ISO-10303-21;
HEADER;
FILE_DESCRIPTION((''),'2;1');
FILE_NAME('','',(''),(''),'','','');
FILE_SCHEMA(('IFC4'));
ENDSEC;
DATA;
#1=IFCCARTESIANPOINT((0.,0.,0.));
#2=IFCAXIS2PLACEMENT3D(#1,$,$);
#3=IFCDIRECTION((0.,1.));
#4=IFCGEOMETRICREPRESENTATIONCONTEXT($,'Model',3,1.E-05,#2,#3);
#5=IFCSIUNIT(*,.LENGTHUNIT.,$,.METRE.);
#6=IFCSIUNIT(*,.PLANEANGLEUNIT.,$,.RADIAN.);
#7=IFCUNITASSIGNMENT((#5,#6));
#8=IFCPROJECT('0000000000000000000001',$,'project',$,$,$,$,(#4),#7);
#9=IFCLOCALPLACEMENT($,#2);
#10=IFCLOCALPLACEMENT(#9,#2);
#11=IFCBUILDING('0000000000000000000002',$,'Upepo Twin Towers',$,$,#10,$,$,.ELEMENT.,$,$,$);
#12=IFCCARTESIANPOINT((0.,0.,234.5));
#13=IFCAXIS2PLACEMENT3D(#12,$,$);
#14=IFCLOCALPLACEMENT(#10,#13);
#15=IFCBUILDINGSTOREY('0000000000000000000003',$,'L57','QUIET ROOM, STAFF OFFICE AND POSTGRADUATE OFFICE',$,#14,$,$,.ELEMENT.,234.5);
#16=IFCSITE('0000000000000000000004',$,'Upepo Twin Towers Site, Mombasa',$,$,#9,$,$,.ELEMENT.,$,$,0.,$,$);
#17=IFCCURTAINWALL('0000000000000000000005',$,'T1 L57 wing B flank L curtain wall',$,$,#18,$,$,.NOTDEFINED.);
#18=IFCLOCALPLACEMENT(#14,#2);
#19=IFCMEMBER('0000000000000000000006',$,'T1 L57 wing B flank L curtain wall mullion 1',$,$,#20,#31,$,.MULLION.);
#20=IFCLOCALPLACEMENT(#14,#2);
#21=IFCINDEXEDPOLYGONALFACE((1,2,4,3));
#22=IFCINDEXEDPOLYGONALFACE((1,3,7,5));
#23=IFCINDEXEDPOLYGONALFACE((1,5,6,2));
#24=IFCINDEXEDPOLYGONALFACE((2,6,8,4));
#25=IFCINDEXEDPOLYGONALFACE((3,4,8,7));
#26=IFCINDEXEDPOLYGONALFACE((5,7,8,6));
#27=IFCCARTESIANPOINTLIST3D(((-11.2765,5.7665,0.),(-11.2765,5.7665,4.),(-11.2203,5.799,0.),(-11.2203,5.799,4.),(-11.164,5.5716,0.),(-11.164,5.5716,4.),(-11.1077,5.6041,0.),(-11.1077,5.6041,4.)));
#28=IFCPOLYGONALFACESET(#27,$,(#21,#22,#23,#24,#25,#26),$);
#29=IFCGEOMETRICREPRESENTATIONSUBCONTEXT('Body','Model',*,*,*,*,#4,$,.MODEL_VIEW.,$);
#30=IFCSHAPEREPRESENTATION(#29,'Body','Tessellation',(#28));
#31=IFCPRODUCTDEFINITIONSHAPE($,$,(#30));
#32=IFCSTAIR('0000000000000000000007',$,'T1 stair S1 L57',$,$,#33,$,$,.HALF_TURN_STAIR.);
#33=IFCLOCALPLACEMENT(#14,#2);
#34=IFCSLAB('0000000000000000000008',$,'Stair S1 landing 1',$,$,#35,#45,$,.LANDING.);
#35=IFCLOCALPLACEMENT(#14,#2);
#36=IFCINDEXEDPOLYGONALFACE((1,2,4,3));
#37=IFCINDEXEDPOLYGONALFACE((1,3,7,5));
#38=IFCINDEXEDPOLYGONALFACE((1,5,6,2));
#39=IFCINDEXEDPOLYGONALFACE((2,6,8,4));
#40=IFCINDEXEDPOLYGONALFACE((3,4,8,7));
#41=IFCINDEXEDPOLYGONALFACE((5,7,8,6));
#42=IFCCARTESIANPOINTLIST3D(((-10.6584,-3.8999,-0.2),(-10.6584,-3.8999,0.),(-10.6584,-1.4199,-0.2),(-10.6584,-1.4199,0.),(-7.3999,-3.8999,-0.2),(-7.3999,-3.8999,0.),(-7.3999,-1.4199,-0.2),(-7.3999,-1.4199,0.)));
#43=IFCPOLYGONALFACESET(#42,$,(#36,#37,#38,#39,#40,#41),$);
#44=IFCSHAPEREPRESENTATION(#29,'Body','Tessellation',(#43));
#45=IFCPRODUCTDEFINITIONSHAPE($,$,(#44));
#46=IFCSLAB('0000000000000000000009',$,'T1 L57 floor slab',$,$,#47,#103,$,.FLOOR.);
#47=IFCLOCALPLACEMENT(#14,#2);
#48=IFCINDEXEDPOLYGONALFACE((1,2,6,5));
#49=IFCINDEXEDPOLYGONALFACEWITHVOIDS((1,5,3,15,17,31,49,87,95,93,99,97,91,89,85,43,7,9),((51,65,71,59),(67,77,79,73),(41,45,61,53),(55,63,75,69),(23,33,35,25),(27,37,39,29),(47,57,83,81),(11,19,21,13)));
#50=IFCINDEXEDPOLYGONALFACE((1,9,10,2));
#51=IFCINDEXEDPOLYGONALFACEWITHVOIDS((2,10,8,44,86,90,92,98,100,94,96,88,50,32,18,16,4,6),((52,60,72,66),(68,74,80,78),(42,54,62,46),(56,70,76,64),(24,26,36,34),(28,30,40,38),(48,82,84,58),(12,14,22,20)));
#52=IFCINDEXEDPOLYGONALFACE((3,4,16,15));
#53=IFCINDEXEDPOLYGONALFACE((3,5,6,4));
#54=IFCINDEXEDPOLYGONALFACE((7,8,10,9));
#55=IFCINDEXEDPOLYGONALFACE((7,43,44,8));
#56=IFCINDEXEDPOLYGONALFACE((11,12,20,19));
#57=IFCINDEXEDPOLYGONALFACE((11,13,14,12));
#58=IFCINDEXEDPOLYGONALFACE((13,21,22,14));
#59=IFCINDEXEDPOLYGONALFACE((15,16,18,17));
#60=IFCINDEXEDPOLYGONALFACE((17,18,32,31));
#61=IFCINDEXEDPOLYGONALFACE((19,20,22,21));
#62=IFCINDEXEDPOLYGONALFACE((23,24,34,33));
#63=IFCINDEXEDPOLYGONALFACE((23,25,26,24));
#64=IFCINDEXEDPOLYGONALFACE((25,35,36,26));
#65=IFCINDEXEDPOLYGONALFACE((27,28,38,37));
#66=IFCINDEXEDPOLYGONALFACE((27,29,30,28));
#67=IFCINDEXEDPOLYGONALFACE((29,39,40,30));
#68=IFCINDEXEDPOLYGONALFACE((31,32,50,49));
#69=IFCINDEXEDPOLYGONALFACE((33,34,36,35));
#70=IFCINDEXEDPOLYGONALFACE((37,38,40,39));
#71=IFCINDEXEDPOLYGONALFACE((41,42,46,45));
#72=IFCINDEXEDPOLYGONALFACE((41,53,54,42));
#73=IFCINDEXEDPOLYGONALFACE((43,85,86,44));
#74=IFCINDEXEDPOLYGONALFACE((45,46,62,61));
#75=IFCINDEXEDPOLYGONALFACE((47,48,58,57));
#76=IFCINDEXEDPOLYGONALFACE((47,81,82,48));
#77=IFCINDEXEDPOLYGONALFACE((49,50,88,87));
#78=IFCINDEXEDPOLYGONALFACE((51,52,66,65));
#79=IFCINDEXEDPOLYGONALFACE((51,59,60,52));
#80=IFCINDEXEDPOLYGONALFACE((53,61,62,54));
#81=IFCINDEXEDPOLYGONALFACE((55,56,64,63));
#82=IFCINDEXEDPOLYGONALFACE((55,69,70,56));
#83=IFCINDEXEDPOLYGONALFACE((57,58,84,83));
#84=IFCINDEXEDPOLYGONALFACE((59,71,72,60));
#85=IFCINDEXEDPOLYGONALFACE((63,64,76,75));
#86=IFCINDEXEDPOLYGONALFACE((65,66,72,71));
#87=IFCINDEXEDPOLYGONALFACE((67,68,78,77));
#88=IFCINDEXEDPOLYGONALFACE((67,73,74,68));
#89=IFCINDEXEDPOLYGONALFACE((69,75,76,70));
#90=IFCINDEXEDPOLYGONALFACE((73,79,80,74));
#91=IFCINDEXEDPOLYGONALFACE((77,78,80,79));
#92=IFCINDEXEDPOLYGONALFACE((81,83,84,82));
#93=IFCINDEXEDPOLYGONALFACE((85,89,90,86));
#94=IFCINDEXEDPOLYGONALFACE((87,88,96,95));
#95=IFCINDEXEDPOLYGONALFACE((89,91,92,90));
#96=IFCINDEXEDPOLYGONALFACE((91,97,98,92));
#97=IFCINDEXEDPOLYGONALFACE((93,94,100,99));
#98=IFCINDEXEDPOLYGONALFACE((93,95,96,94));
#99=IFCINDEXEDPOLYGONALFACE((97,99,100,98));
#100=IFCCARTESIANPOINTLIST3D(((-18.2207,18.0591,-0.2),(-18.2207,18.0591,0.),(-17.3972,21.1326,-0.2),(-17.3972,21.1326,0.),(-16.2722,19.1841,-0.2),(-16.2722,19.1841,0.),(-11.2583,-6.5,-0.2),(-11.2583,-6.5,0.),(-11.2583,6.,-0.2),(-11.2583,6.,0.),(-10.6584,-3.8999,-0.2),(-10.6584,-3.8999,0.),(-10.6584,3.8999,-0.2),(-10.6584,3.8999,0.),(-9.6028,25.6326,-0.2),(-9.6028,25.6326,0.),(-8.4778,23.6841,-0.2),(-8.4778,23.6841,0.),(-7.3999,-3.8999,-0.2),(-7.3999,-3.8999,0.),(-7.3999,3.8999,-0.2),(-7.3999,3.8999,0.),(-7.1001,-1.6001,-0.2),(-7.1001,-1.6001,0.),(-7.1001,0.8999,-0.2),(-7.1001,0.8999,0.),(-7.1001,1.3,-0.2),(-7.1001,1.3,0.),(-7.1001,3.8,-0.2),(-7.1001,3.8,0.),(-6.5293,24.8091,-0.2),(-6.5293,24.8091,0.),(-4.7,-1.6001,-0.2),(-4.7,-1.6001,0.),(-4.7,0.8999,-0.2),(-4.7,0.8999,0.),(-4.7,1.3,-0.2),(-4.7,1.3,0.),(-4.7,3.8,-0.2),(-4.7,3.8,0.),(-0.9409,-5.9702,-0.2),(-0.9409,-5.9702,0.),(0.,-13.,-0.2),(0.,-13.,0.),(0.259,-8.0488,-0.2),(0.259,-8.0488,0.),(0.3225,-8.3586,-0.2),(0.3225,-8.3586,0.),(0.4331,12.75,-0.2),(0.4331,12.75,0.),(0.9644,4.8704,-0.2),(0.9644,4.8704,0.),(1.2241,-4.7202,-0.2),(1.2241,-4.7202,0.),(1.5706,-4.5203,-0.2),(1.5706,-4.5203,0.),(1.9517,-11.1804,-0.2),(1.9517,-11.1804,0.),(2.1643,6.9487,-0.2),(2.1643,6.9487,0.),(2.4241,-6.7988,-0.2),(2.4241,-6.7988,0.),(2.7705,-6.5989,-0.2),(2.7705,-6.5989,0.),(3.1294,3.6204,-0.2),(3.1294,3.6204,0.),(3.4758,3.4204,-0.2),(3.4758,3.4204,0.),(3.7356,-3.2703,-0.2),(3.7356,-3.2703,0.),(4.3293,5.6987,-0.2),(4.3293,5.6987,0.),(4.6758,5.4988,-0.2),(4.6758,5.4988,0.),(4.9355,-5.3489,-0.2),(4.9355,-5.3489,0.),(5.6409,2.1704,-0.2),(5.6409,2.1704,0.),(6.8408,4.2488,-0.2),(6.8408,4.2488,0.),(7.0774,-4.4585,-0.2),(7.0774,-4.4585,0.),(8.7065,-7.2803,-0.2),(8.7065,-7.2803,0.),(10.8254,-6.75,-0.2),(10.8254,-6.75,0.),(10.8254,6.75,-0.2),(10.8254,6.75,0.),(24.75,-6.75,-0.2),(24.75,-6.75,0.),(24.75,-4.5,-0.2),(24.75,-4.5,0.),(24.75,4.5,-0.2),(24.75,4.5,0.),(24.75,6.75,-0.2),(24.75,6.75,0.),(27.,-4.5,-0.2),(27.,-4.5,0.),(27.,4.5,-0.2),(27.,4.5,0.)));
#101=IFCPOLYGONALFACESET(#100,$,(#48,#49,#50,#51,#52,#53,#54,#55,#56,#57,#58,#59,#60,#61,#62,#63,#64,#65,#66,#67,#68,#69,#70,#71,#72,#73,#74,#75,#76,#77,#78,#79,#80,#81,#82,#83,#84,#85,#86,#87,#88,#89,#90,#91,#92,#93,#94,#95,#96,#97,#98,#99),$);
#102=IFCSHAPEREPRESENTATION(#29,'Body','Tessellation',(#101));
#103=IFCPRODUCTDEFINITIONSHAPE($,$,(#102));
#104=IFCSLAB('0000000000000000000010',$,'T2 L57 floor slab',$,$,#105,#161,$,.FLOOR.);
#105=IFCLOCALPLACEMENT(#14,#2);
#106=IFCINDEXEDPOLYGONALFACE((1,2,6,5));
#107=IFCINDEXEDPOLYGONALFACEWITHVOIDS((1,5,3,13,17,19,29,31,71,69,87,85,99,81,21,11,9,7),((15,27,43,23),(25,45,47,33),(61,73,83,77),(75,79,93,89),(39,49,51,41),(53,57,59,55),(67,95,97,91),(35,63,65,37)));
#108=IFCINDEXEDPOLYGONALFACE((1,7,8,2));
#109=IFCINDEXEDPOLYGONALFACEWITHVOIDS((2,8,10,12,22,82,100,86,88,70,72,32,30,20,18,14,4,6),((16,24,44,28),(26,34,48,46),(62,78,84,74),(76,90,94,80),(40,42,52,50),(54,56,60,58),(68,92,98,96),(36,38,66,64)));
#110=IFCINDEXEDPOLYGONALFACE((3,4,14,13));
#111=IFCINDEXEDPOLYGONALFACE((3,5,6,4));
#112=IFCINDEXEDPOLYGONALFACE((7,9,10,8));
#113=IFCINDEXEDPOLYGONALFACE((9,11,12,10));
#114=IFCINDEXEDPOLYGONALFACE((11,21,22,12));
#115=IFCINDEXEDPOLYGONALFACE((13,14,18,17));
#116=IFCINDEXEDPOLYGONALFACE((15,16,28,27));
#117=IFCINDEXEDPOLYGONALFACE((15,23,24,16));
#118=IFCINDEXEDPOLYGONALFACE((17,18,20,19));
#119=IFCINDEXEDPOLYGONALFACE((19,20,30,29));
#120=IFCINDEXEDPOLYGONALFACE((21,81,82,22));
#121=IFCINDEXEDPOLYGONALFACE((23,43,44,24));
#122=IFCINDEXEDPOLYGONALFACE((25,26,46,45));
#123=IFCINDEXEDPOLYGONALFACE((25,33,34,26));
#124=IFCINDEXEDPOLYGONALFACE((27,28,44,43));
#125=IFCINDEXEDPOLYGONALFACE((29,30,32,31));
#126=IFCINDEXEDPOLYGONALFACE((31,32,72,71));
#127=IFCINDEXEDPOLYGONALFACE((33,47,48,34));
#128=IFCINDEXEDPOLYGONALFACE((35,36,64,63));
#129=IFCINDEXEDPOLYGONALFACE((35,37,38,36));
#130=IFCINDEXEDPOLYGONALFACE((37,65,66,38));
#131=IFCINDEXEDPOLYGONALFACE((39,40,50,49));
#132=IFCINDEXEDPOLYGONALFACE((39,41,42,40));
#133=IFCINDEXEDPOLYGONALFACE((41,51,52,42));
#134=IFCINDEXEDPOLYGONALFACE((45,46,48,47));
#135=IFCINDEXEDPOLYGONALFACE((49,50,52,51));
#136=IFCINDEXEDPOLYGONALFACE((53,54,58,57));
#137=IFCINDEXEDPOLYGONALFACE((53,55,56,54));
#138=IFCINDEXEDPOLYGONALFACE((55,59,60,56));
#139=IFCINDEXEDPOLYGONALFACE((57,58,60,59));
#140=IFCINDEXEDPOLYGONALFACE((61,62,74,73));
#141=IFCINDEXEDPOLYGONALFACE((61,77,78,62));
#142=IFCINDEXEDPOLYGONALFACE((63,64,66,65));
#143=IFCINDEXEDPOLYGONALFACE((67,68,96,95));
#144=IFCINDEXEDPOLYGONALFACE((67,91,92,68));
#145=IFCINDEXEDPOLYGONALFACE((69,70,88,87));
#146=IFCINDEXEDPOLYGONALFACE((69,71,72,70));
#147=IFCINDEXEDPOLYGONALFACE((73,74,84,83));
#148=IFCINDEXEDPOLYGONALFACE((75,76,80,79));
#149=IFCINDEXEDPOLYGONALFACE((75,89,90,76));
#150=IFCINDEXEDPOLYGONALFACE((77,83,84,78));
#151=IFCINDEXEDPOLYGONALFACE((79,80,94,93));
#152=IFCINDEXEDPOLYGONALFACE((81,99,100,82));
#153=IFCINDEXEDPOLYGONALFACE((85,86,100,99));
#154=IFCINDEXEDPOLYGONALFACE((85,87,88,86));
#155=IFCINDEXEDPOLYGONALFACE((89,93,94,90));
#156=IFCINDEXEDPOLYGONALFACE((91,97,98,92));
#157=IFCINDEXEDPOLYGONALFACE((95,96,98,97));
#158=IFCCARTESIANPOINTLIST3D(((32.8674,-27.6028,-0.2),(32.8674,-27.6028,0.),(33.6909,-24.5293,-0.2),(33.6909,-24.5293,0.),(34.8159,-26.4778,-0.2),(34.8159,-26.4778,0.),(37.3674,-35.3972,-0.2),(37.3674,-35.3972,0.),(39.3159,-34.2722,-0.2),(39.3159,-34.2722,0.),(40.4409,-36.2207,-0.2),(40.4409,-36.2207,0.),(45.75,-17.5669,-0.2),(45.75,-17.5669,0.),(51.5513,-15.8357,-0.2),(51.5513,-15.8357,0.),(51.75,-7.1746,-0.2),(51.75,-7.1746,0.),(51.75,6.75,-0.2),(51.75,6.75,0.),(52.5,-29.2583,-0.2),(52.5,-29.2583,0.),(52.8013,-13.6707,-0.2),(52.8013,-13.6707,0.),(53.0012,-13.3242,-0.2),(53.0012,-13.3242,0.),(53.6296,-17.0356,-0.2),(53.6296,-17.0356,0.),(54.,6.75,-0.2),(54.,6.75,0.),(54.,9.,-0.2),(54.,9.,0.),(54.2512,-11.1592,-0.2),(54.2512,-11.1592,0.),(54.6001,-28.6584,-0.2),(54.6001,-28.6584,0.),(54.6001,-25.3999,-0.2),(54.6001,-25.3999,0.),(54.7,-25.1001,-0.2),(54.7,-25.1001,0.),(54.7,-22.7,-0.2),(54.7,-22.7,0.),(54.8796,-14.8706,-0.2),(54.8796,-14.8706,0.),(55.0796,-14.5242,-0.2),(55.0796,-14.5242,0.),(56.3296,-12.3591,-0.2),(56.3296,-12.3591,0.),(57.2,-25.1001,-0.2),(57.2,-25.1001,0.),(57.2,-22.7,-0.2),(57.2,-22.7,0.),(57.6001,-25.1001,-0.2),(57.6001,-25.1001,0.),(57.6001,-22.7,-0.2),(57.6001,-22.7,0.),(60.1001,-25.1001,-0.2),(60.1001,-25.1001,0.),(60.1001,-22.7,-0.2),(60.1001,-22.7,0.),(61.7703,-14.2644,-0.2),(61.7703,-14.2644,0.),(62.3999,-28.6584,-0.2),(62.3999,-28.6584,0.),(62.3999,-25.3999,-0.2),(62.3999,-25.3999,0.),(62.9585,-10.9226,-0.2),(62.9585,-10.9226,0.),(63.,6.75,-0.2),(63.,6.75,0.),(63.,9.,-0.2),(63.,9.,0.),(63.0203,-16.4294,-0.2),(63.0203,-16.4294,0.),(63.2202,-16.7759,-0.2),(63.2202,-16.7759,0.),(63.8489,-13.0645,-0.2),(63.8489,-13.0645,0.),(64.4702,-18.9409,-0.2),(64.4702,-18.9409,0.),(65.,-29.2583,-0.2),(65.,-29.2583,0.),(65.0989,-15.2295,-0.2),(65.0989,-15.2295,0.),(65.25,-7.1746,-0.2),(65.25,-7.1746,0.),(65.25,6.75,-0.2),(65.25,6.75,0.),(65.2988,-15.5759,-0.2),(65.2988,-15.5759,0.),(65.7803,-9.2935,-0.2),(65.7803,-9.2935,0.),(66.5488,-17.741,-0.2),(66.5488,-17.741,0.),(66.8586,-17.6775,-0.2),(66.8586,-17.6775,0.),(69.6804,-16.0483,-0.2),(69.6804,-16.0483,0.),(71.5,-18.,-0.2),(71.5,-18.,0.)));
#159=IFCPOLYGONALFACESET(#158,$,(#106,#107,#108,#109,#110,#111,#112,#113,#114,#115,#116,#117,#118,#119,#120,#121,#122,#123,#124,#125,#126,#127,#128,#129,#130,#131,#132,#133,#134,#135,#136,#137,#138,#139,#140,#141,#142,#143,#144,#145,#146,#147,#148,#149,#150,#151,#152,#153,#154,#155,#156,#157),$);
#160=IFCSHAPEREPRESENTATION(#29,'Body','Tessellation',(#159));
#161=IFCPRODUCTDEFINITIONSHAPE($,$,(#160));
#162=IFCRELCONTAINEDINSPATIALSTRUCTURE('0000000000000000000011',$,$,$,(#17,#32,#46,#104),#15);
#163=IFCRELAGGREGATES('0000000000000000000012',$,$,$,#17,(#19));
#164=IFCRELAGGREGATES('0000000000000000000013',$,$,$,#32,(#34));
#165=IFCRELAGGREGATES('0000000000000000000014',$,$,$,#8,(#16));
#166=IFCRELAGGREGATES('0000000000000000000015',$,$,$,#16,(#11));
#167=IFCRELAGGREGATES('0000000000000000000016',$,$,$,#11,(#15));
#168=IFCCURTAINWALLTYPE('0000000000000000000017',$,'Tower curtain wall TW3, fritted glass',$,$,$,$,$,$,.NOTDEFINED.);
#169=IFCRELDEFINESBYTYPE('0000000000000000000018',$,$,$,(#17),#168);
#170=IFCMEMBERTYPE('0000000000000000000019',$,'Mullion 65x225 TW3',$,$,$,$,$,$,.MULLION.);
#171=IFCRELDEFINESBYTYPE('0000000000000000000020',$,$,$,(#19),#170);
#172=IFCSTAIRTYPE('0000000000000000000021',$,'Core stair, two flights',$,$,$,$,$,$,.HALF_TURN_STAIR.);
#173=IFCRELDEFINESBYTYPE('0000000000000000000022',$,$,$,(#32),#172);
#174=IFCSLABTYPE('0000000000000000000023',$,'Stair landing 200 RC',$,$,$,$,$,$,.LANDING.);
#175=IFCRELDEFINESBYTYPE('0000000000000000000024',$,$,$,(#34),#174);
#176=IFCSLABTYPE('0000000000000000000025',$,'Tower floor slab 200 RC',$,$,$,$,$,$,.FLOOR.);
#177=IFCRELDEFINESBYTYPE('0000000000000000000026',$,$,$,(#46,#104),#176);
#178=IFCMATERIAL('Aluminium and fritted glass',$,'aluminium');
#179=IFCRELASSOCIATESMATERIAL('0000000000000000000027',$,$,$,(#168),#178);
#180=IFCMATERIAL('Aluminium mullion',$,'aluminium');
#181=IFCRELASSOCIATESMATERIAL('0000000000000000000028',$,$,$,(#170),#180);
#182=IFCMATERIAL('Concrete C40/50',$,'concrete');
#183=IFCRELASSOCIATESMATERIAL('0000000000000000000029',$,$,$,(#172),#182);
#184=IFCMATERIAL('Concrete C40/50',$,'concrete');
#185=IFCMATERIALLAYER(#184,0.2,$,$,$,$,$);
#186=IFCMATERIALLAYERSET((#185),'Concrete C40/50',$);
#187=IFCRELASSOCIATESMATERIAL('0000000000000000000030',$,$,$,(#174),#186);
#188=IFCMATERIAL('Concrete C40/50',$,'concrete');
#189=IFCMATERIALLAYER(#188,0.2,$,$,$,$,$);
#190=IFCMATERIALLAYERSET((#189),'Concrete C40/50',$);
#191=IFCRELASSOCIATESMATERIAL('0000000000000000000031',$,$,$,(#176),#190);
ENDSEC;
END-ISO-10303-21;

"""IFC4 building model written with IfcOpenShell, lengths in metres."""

from ifc_helpers import new_model, si_unit, direction, frame, origin, origin_2d, place, context, subcontext, project, spatial, polyline, rectangle, outline, extrude, material, layer, layer_set, material_profile, profile_set, type_object, element, aggregate, save


model = new_model("IFC4")

# Units and contexts
model_context = context("Model", 3, precision=1e-05, world=origin(), true_north=direction((0.0, 1.0)))
body_context = subcontext(model_context, "Body", "Model", "MODEL_VIEW")
ifc_project = project(units=[si_unit("LENGTHUNIT", "METRE"), si_unit("PLANEANGLEUNIT", "RADIAN")], contexts=[model_context])

# Site, building, storey
site_placement = place(None, origin())
site = spatial("IfcSite", under=ifc_project, at=site_placement, Name="Upepo Twin Towers Site, Mombasa", CompositionType="ELEMENT", RefElevation=0.0)
building_placement = place(site_placement, origin())
building = spatial("IfcBuilding", under=site, at=building_placement, Name="Upepo Twin Towers", CompositionType="ELEMENT")
storey_placement = place(building_placement, frame((0.0, 0.0, 234.5)))
storey = spatial("IfcBuildingStorey", under=building, at=storey_placement, Name="L57", Description="QUIET ROOM, STAFF OFFICE AND POSTGRADUATE OFFICE", CompositionType="ELEMENT", Elevation=234.5)

# Curtain wall, member
ifc_material_1 = material(Name="Aluminium and fritted glass", Category="aluminium")
curtain_wall_type = type_object("IfcCurtainWallType", Name="Tower curtain wall TW3, fritted glass", PredefinedType="NOTDEFINED", material=ifc_material_1)
curtain_wall_placement = place(storey_placement, origin())
curtain_wall = element("IfcCurtainWall", 1, at=curtain_wall_placement, inside=storey, type_object=curtain_wall_type, Name="T1 L57 wing B flank L curtain wall", PredefinedType="NOTDEFINED")
ifc_material_2 = material(Name="Aluminium mullion", Category="aluminium")
ifc_material_profile = material_profile(ifc_material_2, rectangle(XDim=0.0649, YDim=0.2251, at=origin_2d()), Name="MULLION 65x225")
ifc_profile_set = profile_set([ifc_material_profile], Name="Aluminium mullion")
member_type = type_object("IfcMemberType", Name="Mullion 65x225 TW3", PredefinedType="MULLION", material=ifc_profile_set)
member_placement = place(storey_placement, frame((-11.1921, 5.6853, 0.0), z_axis=(0.0, 0.0, 1.0), x_axis=(-0.866025, -0.5, 0.0)))
member = element("IfcMember", 2, at=member_placement, type_object=member_type, Name="T1 L57 wing B flank L curtain wall mullion 1", PredefinedType="MULLION", context=body_context, shape_type="SweptSolid", body=[
    extrude(rectangle(XDim=0.0649, YDim=0.2251, at=origin_2d()), origin(), (0.0, 0.0, 1.0), 4.0),
])
aggregate(curtain_wall, [member])

# Stair, slab
ifc_material_3 = material(Name="Concrete C40/50", Category="concrete")
stair_type = type_object("IfcStairType", Name="Core stair, two flights", PredefinedType="HALF_TURN_STAIR", material=ifc_material_3)
stair_placement = place(storey_placement, origin())
stair = element("IfcStair", 3, at=stair_placement, inside=storey, type_object=stair_type, Name="T1 stair S1 L57", PredefinedType="HALF_TURN_STAIR")
ifc_material_4 = material(Name="Concrete C40/50", Category="concrete")
ifc_layer_1 = layer(ifc_material_4, 0.2)
ifc_layer_set_1 = layer_set([ifc_layer_1], Name="Concrete C40/50")
slab_type_1 = type_object("IfcSlabType", Name="Stair landing 200 RC", PredefinedType="LANDING", material=ifc_layer_set_1)
slab_1_placement = place(storey_placement, frame((0.0, 0.0, -0.2)))
slab_1 = element("IfcSlab", 4, at=slab_1_placement, type_object=slab_type_1, Name="Stair S1 landing 1", PredefinedType="LANDING", context=body_context, shape_type="SweptSolid", body=[
    extrude(outline(polyline([(-7.3999, -1.4199), (-10.6584, -1.4199), (-10.6584, -3.8999), (-7.3999, -3.8999), (-7.3999, -1.4199)])), origin(), (0.0, 0.0, 1.0), 0.2),
])

# Slabs
ifc_material_5 = material(Name="Concrete C40/50", Category="concrete")
ifc_layer_2 = layer(ifc_material_5, 0.2)
ifc_layer_set_2 = layer_set([ifc_layer_2], Name="Concrete C40/50")
slab_type_2 = type_object("IfcSlabType", Name="Tower floor slab 200 RC", PredefinedType="FLOOR", material=ifc_layer_set_2)
slab_2_placement = place(storey_placement, frame((0.0, 0.0, -0.2)))
element("IfcSlab", 5, at=slab_2_placement, inside=storey, type_object=slab_type_2, Name="T1 L57 floor slab", PredefinedType="FLOOR", context=body_context, shape_type="SweptSolid", body=[
    extrude(outline(polyline([(10.8254, 6.75), (24.75, 6.75), (24.75, 4.5), (27.0, 4.5), (27.0, -4.5), (24.75, -4.5), (24.75, -6.75), (10.8254, -6.75), (0.0, -13.0), (-11.2583, -6.5), (-11.2583, 6.0), (-18.2207, 18.0591), (-16.2722, 19.1841), (-17.3972, 21.1326), (-9.6028, 25.6326), (-8.4778, 23.6841), (-6.5293, 24.8091), (0.4331, 12.75), (10.8254, 6.75)]), holes=[polyline([(5.6409, 2.1704), (6.8408, 4.2488), (4.6758, 5.4988), (3.4758, 3.4204), (5.6409, 2.1704)]), polyline([(3.1294, 3.6204), (4.3293, 5.6987), (2.1643, 6.9487), (0.9644, 4.8704), (3.1294, 3.6204)]), polyline([(-4.7, 3.8), (-7.1001, 3.8), (-7.1001, 1.3), (-4.7, 1.3), (-4.7, 3.8)]), polyline([(-4.7, 0.8999), (-7.1001, 0.8999), (-7.1001, -1.6001), (-4.7, -1.6001), (-4.7, 0.8999)]), polyline([(-7.3999, 3.8999), (-10.6584, 3.8999), (-10.6584, -3.8999), (-7.3999, -3.8999), (-7.3999, 3.8999)]), polyline([(-0.9409, -5.9702), (0.259, -8.0488), (2.4241, -6.7988), (1.2241, -4.7202), (-0.9409, -5.9702)]), polyline([(1.5706, -4.5203), (2.7705, -6.5989), (4.9355, -5.3489), (3.7356, -3.2703), (1.5706, -4.5203)]), polyline([(0.3225, -8.3586), (1.9517, -11.1804), (8.7065, -7.2803), (7.0774, -4.4585), (0.3225, -8.3586)])]), origin(), (0.0, 0.0, 1.0), 0.2),
])
slab_3_placement = place(storey_placement, frame((0.0, 0.0, -0.2)))
element("IfcSlab", 6, at=slab_3_placement, inside=storey, type_object=slab_type_2, Name="T2 L57 floor slab", PredefinedType="FLOOR", context=body_context, shape_type="SweptSolid", body=[
    extrude(outline(polyline([(51.75, -7.1746), (51.75, 6.75), (54.0, 6.75), (54.0, 9.0), (63.0, 9.0), (63.0, 6.75), (65.25, 6.75), (65.25, -7.1746), (71.5, -18.0), (65.0, -29.2583), (52.5, -29.2583), (40.4409, -36.2207), (39.3159, -34.2722), (37.3674, -35.3972), (32.8674, -27.6028), (34.8159, -26.4778), (33.6909, -24.5293), (45.75, -17.5669), (51.75, -7.1746)]), holes=[polyline([(56.3296, -12.3591), (54.2512, -11.1592), (53.0012, -13.3242), (55.0796, -14.5242), (56.3296, -12.3591)]), polyline([(54.8796, -14.8706), (52.8013, -13.6707), (51.5513, -15.8357), (53.6296, -17.0356), (54.8796, -14.8706)]), polyline([(54.7, -22.7), (54.7, -25.1001), (57.2, -25.1001), (57.2, -22.7), (54.7, -22.7)]), polyline([(57.6001, -22.7), (57.6001, -25.1001), (60.1001, -25.1001), (60.1001, -22.7), (57.6001, -22.7)]), polyline([(54.6001, -25.3999), (54.6001, -28.6584), (62.3999, -28.6584), (62.3999, -25.3999), (54.6001, -25.3999)]), polyline([(64.4702, -18.9409), (66.5488, -17.741), (65.2988, -15.5759), (63.2202, -16.7759), (64.4702, -18.9409)]), polyline([(63.0203, -16.4294), (65.0989, -15.2295), (63.8489, -13.0645), (61.7703, -14.2644), (63.0203, -16.4294)]), polyline([(66.8586, -17.6775), (69.6804, -16.0483), (65.7803, -9.2935), (62.9585, -10.9226), (66.8586, -17.6775)])]), origin(), (0.0, 0.0, 1.0), 0.2),
])

aggregate(stair, [slab_1])

save(model, "model.ifc")
